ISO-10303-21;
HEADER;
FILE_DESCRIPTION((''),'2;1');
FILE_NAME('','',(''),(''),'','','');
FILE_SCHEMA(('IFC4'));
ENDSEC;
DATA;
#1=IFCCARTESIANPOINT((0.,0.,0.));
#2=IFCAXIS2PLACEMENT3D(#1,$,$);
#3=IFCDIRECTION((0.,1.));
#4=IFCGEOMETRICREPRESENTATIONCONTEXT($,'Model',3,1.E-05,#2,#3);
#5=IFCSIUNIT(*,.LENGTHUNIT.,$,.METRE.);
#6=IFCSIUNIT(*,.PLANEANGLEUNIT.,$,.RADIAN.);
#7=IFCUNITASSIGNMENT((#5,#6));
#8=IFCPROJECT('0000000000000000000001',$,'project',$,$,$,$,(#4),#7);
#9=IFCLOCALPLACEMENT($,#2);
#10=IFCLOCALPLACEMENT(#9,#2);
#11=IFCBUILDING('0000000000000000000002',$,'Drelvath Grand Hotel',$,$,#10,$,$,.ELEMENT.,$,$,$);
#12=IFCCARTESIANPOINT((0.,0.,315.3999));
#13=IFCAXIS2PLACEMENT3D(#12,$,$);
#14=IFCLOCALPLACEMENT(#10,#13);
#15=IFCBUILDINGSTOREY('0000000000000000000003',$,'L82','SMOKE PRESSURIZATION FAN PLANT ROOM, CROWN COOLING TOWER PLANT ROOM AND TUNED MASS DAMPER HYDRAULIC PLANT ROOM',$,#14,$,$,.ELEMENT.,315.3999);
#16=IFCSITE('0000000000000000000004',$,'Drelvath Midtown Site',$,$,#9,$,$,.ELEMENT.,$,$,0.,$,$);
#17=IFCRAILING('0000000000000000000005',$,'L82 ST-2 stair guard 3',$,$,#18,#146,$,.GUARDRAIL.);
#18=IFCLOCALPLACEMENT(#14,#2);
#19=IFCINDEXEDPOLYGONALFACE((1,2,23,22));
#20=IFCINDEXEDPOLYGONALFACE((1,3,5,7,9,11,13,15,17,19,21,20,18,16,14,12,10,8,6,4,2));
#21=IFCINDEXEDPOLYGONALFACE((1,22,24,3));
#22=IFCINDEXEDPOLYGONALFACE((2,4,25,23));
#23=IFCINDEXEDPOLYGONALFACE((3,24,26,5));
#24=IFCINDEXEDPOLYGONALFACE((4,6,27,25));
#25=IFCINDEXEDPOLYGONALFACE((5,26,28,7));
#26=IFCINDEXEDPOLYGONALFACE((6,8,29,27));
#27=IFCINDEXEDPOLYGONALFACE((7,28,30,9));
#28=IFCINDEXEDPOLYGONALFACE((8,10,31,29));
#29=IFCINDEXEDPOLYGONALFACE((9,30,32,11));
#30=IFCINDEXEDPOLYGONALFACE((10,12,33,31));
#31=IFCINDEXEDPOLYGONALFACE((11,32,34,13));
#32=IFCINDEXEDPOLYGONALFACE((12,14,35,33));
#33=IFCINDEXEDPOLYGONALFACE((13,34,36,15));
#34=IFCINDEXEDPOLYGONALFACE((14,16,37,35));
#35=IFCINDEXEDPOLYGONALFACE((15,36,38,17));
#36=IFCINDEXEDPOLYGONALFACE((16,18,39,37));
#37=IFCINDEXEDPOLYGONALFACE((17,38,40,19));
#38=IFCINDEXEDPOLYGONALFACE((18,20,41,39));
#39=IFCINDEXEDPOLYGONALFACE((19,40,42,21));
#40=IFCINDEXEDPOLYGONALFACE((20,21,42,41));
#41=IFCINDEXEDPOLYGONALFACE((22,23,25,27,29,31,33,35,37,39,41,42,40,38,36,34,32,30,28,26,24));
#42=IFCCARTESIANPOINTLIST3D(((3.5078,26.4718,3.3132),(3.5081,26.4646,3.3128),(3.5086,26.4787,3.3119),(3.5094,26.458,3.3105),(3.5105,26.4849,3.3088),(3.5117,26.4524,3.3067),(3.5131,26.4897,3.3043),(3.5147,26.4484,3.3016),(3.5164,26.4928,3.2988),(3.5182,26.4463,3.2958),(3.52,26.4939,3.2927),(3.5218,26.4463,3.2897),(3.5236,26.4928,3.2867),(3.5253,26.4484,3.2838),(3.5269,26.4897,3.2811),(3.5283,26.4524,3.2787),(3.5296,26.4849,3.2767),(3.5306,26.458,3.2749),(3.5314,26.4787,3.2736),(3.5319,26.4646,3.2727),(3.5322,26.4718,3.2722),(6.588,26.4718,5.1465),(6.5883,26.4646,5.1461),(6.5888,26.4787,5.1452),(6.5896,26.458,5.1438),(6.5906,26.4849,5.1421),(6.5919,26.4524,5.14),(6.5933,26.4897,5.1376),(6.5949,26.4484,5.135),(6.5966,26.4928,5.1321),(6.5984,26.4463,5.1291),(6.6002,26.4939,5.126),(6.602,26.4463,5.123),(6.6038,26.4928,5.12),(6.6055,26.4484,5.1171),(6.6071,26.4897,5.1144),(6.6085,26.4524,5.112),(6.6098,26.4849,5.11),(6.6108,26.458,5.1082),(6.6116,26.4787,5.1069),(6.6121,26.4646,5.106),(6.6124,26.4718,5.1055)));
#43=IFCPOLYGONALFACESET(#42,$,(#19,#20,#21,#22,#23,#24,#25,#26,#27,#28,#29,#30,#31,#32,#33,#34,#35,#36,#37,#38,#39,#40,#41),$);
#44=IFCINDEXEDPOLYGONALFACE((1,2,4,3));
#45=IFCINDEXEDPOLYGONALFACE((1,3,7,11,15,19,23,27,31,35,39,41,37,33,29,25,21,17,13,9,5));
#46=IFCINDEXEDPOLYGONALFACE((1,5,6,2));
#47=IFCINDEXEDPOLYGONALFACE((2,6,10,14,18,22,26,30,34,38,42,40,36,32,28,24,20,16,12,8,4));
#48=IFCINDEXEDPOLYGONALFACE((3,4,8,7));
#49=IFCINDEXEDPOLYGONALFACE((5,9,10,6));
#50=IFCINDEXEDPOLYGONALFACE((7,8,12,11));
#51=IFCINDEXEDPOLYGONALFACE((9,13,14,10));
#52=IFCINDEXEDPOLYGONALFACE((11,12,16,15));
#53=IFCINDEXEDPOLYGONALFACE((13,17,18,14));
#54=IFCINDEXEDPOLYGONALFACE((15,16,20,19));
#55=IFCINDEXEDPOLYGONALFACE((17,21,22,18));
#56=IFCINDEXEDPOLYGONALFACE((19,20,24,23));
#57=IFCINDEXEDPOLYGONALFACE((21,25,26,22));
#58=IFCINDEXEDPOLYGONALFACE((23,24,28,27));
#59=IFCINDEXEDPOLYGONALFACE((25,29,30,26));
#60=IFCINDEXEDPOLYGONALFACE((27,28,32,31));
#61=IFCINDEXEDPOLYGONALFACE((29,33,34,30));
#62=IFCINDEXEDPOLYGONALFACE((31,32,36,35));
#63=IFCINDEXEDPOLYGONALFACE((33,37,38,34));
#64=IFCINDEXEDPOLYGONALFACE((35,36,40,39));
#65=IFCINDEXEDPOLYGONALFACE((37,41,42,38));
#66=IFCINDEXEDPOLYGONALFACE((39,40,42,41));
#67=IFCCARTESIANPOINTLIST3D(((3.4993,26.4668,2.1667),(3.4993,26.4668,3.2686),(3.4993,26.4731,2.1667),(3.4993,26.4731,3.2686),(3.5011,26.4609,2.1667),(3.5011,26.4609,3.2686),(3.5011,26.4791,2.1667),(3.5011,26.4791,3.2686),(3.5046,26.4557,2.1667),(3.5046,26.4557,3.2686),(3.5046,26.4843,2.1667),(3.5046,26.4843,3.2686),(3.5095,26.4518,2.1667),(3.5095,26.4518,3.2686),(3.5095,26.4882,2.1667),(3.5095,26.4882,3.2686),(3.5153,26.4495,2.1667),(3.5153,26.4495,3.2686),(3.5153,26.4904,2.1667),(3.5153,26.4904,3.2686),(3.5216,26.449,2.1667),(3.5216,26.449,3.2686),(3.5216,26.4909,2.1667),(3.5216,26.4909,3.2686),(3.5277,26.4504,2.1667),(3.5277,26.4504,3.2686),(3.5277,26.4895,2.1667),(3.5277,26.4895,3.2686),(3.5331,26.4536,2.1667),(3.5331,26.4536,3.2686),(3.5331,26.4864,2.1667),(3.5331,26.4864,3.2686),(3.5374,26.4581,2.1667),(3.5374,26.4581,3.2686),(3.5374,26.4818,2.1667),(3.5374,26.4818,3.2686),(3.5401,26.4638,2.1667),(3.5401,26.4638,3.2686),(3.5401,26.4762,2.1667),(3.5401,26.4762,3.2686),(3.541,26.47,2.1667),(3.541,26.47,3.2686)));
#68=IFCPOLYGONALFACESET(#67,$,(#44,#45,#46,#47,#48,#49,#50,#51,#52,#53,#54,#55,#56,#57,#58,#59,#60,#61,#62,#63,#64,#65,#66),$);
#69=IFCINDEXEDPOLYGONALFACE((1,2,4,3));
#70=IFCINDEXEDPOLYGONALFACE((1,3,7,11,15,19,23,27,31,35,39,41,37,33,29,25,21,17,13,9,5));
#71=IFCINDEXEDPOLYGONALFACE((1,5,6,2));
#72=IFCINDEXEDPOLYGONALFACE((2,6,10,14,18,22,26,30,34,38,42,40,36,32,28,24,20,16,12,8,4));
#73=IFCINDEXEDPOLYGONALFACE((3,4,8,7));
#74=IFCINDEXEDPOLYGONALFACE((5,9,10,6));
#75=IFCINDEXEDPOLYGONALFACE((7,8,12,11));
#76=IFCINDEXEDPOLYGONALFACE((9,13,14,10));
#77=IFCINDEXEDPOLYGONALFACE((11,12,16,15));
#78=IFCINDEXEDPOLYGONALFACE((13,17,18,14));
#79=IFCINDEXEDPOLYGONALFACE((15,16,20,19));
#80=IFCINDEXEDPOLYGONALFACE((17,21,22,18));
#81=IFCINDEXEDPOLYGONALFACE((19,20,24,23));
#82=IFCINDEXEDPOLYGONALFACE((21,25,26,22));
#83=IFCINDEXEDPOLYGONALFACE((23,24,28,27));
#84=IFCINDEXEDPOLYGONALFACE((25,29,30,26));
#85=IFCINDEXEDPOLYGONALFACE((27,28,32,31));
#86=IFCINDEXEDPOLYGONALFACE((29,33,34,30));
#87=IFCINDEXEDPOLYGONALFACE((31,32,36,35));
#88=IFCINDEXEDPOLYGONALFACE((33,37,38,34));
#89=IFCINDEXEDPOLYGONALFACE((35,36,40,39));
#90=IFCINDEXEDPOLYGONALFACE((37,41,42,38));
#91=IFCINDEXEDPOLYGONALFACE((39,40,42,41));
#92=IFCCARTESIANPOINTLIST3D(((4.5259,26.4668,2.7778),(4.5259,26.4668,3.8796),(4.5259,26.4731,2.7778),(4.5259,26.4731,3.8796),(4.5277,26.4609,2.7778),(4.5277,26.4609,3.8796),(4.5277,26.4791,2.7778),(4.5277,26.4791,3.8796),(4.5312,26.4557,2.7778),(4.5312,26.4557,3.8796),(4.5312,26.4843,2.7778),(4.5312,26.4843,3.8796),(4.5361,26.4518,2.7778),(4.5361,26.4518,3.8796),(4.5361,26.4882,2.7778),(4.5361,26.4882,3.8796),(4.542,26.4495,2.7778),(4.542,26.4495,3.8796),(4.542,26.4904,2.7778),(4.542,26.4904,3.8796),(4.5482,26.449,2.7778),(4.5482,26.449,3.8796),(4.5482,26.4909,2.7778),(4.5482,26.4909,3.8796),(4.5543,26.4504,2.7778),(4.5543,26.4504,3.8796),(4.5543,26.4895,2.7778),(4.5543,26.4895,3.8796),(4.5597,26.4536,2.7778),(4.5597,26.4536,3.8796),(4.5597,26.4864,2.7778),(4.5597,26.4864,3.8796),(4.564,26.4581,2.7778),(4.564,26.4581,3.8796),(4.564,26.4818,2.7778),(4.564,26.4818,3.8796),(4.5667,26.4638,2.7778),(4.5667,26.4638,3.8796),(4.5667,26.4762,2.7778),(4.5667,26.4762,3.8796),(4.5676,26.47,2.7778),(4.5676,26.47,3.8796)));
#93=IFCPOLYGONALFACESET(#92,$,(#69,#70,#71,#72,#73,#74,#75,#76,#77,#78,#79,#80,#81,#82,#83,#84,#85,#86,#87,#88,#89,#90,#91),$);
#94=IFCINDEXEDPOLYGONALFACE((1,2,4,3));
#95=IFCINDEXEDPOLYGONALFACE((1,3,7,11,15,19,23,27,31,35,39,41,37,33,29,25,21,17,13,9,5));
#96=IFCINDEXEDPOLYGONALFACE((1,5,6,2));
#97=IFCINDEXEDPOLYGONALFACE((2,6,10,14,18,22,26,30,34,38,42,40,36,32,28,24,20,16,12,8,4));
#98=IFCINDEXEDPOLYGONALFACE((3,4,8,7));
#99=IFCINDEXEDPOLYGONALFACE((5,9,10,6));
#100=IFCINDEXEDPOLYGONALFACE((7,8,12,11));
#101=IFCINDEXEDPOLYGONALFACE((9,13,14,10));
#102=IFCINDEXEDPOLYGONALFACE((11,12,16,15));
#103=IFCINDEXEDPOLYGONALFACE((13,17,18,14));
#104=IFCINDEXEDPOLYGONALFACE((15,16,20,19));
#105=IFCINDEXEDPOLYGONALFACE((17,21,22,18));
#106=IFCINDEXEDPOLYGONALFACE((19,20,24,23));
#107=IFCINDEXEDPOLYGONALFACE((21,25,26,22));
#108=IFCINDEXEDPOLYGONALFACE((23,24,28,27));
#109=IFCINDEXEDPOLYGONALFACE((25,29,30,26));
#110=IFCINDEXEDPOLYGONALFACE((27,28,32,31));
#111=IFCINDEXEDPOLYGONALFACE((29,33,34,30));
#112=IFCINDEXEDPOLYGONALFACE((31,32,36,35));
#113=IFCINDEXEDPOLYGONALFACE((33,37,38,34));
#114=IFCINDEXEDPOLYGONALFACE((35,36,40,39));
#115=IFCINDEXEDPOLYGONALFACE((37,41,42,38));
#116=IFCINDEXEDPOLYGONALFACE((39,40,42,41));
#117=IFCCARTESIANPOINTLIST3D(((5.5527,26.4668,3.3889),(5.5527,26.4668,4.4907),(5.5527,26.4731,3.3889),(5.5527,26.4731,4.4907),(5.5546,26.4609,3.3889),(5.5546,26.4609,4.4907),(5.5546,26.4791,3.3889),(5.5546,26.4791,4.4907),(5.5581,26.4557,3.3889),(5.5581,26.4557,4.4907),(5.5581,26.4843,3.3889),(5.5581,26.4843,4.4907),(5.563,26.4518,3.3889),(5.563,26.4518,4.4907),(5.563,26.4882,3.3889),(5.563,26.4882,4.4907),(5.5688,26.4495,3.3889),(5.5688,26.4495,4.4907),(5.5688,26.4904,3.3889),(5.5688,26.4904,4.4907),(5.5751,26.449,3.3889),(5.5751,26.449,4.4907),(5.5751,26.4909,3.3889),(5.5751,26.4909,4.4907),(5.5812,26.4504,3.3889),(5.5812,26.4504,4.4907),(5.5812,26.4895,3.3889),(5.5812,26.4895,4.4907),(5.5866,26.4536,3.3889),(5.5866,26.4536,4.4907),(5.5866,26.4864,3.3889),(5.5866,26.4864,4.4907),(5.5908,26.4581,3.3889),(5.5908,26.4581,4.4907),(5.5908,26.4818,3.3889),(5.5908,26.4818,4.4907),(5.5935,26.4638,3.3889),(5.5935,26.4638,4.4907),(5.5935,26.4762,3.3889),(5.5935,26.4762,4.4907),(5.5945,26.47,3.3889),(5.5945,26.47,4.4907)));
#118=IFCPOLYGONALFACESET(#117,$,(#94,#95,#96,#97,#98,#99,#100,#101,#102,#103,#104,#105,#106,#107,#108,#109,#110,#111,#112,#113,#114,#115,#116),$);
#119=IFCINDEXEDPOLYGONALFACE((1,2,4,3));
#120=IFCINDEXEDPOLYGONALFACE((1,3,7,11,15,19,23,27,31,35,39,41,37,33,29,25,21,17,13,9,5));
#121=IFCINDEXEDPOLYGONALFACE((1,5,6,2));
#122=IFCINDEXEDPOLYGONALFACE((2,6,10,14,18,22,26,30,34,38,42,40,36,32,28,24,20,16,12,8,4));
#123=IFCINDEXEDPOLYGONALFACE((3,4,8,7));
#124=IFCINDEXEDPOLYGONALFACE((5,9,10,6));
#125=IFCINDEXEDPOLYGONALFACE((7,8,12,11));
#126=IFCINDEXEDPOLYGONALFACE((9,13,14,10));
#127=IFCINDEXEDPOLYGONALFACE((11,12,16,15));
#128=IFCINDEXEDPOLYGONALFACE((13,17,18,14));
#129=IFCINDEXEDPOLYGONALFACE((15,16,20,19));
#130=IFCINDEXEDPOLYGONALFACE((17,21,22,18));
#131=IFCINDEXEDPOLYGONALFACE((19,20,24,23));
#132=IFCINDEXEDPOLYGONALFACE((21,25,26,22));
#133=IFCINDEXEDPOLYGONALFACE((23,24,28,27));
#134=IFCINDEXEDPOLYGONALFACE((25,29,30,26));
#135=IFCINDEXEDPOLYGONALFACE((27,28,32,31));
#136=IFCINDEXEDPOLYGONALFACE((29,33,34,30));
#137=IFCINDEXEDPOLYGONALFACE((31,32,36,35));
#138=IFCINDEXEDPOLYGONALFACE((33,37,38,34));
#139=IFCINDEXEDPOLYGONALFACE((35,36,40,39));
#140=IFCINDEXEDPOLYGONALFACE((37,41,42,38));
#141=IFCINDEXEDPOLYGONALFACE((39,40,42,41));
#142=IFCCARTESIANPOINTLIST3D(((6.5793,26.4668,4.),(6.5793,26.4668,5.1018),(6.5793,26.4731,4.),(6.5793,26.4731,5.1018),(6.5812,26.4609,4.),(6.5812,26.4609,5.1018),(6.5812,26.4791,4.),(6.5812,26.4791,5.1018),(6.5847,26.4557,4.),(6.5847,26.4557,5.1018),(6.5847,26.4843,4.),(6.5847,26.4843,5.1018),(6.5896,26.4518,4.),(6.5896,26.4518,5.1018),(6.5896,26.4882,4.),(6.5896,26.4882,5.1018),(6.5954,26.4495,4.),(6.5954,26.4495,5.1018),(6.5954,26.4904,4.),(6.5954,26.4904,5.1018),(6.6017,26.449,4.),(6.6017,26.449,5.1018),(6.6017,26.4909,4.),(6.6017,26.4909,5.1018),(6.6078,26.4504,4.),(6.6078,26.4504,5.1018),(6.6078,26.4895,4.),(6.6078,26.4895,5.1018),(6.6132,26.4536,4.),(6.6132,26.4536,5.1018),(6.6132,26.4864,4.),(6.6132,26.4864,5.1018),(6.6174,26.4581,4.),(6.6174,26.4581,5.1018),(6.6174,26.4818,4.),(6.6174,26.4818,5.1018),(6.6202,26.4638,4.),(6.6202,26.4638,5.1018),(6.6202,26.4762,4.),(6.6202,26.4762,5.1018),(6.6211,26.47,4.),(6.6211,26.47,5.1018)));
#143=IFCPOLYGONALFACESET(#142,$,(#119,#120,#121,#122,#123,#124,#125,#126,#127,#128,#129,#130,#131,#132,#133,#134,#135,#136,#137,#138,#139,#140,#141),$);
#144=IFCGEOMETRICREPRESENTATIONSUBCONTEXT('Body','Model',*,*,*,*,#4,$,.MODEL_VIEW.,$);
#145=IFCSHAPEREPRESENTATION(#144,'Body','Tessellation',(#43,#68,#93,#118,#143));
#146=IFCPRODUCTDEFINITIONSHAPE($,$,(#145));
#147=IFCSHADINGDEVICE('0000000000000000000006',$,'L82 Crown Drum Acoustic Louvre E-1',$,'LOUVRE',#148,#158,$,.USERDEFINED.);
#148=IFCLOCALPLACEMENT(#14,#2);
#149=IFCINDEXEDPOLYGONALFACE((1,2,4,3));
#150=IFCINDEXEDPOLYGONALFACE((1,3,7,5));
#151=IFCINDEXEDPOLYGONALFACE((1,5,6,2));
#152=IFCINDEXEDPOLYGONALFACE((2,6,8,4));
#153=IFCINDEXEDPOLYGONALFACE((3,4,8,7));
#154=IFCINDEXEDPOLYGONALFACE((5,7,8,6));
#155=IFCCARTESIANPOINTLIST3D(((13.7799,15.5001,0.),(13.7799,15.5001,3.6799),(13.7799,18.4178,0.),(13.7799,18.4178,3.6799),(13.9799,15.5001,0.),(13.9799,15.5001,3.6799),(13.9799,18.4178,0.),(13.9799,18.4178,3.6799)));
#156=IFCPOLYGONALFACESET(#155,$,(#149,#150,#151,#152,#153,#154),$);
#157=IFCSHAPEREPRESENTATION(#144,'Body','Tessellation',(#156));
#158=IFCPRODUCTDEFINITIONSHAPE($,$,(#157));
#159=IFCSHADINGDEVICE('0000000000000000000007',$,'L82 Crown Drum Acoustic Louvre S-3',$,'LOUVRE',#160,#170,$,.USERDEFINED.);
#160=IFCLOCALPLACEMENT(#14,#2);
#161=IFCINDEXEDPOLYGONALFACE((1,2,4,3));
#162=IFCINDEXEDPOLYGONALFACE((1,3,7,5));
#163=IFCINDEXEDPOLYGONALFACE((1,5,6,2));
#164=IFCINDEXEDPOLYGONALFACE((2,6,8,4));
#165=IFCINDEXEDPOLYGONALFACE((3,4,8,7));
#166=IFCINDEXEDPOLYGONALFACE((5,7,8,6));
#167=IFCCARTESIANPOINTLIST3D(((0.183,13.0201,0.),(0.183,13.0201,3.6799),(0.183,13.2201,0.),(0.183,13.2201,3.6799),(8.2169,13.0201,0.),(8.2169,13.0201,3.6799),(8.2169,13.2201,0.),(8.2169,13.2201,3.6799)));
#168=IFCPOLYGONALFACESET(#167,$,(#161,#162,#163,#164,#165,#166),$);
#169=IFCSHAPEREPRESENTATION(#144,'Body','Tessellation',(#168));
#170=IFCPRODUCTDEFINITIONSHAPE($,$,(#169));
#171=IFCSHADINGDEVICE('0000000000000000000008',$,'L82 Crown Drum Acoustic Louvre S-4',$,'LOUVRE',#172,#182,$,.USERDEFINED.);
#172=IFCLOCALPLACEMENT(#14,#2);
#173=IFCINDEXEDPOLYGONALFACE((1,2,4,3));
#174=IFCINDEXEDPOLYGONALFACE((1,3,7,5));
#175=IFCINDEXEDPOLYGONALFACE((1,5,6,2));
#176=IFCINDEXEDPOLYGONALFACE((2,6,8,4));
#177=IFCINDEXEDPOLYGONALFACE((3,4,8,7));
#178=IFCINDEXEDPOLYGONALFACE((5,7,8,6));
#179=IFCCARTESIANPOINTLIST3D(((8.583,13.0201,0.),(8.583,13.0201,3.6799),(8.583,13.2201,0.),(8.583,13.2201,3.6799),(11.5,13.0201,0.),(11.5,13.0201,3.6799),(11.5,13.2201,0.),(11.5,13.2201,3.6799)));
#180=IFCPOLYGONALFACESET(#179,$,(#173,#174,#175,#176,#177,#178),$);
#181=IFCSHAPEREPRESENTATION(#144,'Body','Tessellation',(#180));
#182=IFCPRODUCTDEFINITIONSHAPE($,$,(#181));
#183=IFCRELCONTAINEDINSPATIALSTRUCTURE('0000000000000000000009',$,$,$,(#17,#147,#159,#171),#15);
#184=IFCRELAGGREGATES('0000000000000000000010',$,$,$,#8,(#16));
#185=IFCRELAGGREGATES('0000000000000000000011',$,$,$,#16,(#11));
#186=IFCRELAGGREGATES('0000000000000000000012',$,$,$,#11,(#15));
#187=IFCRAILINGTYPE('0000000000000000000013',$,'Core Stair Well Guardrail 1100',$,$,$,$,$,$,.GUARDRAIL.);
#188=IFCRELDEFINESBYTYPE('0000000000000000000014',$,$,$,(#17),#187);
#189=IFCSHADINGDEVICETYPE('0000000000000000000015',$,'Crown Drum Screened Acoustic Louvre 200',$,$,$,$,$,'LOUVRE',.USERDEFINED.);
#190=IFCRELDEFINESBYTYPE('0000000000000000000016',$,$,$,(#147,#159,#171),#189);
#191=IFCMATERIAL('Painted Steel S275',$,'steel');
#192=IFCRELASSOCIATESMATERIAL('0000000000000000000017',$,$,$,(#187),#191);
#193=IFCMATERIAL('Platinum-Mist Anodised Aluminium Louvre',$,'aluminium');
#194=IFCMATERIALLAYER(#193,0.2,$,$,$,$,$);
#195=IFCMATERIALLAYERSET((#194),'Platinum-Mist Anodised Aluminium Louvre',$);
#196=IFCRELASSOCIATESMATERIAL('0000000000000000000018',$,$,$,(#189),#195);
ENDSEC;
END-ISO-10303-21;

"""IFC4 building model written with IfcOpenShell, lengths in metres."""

from ifc_helpers import new_model, si_unit, direction, frame, origin, origin_2d, place, context, subcontext, project, spatial, rectangle, circle, extrude, material, layer, layer_set, type_object, element, save


model = new_model("IFC4")

# Units and contexts
model_context = context("Model", 3, precision=1e-05, world=origin(), true_north=direction((0.0, 1.0)))
body_context = subcontext(model_context, "Body", "Model", "MODEL_VIEW")
ifc_project = project(units=[si_unit("LENGTHUNIT", "METRE"), si_unit("PLANEANGLEUNIT", "RADIAN")], contexts=[model_context])

# Site, building, storey
site_placement = place(None, origin())
site = spatial("IfcSite", under=ifc_project, at=site_placement, Name="Drelvath Midtown Site", CompositionType="ELEMENT", RefElevation=0.0)
building_placement = place(site_placement, origin())
building = spatial("IfcBuilding", under=site, at=building_placement, Name="Drelvath Grand Hotel", CompositionType="ELEMENT")
storey_placement = place(building_placement, frame((0.0, 0.0, 315.3999)))
storey = spatial("IfcBuildingStorey", under=building, at=storey_placement, Name="L82", Description="SMOKE PRESSURIZATION FAN PLANT ROOM, CROWN COOLING TOWER PLANT ROOM AND TUNED MASS DAMPER HYDRAULIC PLANT ROOM", CompositionType="ELEMENT", Elevation=315.3999)

# Shared definitions
ifc_material_1 = material(Name="Painted Steel S275", Category="steel")

# Railing
railing_type_1 = type_object("IfcRailingType", Name="Core Stair Well Guardrail 1100", PredefinedType="GUARDRAIL", material=ifc_material_1)
railing_1_placement = place(storey_placement, frame((3.52, 26.47, 2.1667)))
element("IfcRailing", 1, at=railing_1_placement, inside=storey, type_object=railing_type_1, Name="L82 ST-2 stair guard 3", PredefinedType="GUARDRAIL", context=body_context, shape_type="SweptSolid", body=[
    extrude(circle(Radius=0.0239, at=origin_2d()), frame((0.0, 0.0, 1.126), z_axis=(0.859309, 0.0, 0.511458), x_axis=(0.0, 1.0, 0.0)), (0.0, 0.0, 1.0), 3.5845),
    extrude(circle(Radius=0.021, at=origin_2d()), origin(), (0.0, 0.0, 1.0), 1.1018),
    extrude(circle(Radius=0.021, at=origin_2d()), frame((1.0266, 0.0, 0.6111)), (0.0, 0.0, 1.0), 1.1018),
    extrude(circle(Radius=0.021, at=origin_2d()), frame((2.0535, 0.0, 1.2222)), (0.0, 0.0, 1.0), 1.1018),
    extrude(circle(Radius=0.021, at=origin_2d()), frame((3.0801, 0.0, 1.8333)), (0.0, 0.0, 1.0), 1.1018),
])

# Shading devices
ifc_material_2 = material(Name="Platinum-Mist Anodised Aluminium Louvre", Category="aluminium")
ifc_layer_1 = layer(ifc_material_2, 0.2)
ifc_layer_set_1 = layer_set([ifc_layer_1], Name="Platinum-Mist Anodised Aluminium Louvre")
shading_device_type = type_object("IfcShadingDeviceType", Name="Crown Drum Screened Acoustic Louvre 200", ElementType="LOUVRE", PredefinedType="USERDEFINED", material=ifc_layer_set_1)
shading_device_1_placement = place(storey_placement, frame((13.8799, 16.959, 0.0), z_axis=(0.0, 0.0, 1.0), x_axis=(0.0, 1.0, 0.0)))
element("IfcShadingDevice", 2, at=shading_device_1_placement, inside=storey, type_object=shading_device_type, Name="L82 Crown Drum Acoustic Louvre E-1", ObjectType="LOUVRE", PredefinedType="USERDEFINED", context=body_context, shape_type="SweptSolid", body=[
    extrude(rectangle(XDim=2.9177, YDim=0.2, at=origin_2d()), origin(), (0.0, 0.0, 1.0), 3.6799),
])
shading_device_2_placement = place(storey_placement, frame((4.2, 13.1201, 0.0), z_axis=(0.0, 0.0, 1.0), x_axis=(1.0, 0.0, 0.0)))
element("IfcShadingDevice", 3, at=shading_device_2_placement, inside=storey, type_object=shading_device_type, Name="L82 Crown Drum Acoustic Louvre S-3", ObjectType="LOUVRE", PredefinedType="USERDEFINED", context=body_context, shape_type="SweptSolid", body=[
    extrude(rectangle(XDim=8.0339, YDim=0.2, at=origin_2d()), origin(), (0.0, 0.0, 1.0), 3.6799),
])
shading_device_3_placement = place(storey_placement, frame((10.0415, 13.1201, 0.0), z_axis=(0.0, 0.0, 1.0), x_axis=(1.0, 0.0, 0.0)))
element("IfcShadingDevice", 4, at=shading_device_3_placement, inside=storey, type_object=shading_device_type, Name="L82 Crown Drum Acoustic Louvre S-4", ObjectType="LOUVRE", PredefinedType="USERDEFINED", context=body_context, shape_type="SweptSolid", body=[
    extrude(rectangle(XDim=2.917, YDim=0.2, at=origin_2d()), origin(), (0.0, 0.0, 1.0), 3.6799),
])

save(model, "model.ifc")
